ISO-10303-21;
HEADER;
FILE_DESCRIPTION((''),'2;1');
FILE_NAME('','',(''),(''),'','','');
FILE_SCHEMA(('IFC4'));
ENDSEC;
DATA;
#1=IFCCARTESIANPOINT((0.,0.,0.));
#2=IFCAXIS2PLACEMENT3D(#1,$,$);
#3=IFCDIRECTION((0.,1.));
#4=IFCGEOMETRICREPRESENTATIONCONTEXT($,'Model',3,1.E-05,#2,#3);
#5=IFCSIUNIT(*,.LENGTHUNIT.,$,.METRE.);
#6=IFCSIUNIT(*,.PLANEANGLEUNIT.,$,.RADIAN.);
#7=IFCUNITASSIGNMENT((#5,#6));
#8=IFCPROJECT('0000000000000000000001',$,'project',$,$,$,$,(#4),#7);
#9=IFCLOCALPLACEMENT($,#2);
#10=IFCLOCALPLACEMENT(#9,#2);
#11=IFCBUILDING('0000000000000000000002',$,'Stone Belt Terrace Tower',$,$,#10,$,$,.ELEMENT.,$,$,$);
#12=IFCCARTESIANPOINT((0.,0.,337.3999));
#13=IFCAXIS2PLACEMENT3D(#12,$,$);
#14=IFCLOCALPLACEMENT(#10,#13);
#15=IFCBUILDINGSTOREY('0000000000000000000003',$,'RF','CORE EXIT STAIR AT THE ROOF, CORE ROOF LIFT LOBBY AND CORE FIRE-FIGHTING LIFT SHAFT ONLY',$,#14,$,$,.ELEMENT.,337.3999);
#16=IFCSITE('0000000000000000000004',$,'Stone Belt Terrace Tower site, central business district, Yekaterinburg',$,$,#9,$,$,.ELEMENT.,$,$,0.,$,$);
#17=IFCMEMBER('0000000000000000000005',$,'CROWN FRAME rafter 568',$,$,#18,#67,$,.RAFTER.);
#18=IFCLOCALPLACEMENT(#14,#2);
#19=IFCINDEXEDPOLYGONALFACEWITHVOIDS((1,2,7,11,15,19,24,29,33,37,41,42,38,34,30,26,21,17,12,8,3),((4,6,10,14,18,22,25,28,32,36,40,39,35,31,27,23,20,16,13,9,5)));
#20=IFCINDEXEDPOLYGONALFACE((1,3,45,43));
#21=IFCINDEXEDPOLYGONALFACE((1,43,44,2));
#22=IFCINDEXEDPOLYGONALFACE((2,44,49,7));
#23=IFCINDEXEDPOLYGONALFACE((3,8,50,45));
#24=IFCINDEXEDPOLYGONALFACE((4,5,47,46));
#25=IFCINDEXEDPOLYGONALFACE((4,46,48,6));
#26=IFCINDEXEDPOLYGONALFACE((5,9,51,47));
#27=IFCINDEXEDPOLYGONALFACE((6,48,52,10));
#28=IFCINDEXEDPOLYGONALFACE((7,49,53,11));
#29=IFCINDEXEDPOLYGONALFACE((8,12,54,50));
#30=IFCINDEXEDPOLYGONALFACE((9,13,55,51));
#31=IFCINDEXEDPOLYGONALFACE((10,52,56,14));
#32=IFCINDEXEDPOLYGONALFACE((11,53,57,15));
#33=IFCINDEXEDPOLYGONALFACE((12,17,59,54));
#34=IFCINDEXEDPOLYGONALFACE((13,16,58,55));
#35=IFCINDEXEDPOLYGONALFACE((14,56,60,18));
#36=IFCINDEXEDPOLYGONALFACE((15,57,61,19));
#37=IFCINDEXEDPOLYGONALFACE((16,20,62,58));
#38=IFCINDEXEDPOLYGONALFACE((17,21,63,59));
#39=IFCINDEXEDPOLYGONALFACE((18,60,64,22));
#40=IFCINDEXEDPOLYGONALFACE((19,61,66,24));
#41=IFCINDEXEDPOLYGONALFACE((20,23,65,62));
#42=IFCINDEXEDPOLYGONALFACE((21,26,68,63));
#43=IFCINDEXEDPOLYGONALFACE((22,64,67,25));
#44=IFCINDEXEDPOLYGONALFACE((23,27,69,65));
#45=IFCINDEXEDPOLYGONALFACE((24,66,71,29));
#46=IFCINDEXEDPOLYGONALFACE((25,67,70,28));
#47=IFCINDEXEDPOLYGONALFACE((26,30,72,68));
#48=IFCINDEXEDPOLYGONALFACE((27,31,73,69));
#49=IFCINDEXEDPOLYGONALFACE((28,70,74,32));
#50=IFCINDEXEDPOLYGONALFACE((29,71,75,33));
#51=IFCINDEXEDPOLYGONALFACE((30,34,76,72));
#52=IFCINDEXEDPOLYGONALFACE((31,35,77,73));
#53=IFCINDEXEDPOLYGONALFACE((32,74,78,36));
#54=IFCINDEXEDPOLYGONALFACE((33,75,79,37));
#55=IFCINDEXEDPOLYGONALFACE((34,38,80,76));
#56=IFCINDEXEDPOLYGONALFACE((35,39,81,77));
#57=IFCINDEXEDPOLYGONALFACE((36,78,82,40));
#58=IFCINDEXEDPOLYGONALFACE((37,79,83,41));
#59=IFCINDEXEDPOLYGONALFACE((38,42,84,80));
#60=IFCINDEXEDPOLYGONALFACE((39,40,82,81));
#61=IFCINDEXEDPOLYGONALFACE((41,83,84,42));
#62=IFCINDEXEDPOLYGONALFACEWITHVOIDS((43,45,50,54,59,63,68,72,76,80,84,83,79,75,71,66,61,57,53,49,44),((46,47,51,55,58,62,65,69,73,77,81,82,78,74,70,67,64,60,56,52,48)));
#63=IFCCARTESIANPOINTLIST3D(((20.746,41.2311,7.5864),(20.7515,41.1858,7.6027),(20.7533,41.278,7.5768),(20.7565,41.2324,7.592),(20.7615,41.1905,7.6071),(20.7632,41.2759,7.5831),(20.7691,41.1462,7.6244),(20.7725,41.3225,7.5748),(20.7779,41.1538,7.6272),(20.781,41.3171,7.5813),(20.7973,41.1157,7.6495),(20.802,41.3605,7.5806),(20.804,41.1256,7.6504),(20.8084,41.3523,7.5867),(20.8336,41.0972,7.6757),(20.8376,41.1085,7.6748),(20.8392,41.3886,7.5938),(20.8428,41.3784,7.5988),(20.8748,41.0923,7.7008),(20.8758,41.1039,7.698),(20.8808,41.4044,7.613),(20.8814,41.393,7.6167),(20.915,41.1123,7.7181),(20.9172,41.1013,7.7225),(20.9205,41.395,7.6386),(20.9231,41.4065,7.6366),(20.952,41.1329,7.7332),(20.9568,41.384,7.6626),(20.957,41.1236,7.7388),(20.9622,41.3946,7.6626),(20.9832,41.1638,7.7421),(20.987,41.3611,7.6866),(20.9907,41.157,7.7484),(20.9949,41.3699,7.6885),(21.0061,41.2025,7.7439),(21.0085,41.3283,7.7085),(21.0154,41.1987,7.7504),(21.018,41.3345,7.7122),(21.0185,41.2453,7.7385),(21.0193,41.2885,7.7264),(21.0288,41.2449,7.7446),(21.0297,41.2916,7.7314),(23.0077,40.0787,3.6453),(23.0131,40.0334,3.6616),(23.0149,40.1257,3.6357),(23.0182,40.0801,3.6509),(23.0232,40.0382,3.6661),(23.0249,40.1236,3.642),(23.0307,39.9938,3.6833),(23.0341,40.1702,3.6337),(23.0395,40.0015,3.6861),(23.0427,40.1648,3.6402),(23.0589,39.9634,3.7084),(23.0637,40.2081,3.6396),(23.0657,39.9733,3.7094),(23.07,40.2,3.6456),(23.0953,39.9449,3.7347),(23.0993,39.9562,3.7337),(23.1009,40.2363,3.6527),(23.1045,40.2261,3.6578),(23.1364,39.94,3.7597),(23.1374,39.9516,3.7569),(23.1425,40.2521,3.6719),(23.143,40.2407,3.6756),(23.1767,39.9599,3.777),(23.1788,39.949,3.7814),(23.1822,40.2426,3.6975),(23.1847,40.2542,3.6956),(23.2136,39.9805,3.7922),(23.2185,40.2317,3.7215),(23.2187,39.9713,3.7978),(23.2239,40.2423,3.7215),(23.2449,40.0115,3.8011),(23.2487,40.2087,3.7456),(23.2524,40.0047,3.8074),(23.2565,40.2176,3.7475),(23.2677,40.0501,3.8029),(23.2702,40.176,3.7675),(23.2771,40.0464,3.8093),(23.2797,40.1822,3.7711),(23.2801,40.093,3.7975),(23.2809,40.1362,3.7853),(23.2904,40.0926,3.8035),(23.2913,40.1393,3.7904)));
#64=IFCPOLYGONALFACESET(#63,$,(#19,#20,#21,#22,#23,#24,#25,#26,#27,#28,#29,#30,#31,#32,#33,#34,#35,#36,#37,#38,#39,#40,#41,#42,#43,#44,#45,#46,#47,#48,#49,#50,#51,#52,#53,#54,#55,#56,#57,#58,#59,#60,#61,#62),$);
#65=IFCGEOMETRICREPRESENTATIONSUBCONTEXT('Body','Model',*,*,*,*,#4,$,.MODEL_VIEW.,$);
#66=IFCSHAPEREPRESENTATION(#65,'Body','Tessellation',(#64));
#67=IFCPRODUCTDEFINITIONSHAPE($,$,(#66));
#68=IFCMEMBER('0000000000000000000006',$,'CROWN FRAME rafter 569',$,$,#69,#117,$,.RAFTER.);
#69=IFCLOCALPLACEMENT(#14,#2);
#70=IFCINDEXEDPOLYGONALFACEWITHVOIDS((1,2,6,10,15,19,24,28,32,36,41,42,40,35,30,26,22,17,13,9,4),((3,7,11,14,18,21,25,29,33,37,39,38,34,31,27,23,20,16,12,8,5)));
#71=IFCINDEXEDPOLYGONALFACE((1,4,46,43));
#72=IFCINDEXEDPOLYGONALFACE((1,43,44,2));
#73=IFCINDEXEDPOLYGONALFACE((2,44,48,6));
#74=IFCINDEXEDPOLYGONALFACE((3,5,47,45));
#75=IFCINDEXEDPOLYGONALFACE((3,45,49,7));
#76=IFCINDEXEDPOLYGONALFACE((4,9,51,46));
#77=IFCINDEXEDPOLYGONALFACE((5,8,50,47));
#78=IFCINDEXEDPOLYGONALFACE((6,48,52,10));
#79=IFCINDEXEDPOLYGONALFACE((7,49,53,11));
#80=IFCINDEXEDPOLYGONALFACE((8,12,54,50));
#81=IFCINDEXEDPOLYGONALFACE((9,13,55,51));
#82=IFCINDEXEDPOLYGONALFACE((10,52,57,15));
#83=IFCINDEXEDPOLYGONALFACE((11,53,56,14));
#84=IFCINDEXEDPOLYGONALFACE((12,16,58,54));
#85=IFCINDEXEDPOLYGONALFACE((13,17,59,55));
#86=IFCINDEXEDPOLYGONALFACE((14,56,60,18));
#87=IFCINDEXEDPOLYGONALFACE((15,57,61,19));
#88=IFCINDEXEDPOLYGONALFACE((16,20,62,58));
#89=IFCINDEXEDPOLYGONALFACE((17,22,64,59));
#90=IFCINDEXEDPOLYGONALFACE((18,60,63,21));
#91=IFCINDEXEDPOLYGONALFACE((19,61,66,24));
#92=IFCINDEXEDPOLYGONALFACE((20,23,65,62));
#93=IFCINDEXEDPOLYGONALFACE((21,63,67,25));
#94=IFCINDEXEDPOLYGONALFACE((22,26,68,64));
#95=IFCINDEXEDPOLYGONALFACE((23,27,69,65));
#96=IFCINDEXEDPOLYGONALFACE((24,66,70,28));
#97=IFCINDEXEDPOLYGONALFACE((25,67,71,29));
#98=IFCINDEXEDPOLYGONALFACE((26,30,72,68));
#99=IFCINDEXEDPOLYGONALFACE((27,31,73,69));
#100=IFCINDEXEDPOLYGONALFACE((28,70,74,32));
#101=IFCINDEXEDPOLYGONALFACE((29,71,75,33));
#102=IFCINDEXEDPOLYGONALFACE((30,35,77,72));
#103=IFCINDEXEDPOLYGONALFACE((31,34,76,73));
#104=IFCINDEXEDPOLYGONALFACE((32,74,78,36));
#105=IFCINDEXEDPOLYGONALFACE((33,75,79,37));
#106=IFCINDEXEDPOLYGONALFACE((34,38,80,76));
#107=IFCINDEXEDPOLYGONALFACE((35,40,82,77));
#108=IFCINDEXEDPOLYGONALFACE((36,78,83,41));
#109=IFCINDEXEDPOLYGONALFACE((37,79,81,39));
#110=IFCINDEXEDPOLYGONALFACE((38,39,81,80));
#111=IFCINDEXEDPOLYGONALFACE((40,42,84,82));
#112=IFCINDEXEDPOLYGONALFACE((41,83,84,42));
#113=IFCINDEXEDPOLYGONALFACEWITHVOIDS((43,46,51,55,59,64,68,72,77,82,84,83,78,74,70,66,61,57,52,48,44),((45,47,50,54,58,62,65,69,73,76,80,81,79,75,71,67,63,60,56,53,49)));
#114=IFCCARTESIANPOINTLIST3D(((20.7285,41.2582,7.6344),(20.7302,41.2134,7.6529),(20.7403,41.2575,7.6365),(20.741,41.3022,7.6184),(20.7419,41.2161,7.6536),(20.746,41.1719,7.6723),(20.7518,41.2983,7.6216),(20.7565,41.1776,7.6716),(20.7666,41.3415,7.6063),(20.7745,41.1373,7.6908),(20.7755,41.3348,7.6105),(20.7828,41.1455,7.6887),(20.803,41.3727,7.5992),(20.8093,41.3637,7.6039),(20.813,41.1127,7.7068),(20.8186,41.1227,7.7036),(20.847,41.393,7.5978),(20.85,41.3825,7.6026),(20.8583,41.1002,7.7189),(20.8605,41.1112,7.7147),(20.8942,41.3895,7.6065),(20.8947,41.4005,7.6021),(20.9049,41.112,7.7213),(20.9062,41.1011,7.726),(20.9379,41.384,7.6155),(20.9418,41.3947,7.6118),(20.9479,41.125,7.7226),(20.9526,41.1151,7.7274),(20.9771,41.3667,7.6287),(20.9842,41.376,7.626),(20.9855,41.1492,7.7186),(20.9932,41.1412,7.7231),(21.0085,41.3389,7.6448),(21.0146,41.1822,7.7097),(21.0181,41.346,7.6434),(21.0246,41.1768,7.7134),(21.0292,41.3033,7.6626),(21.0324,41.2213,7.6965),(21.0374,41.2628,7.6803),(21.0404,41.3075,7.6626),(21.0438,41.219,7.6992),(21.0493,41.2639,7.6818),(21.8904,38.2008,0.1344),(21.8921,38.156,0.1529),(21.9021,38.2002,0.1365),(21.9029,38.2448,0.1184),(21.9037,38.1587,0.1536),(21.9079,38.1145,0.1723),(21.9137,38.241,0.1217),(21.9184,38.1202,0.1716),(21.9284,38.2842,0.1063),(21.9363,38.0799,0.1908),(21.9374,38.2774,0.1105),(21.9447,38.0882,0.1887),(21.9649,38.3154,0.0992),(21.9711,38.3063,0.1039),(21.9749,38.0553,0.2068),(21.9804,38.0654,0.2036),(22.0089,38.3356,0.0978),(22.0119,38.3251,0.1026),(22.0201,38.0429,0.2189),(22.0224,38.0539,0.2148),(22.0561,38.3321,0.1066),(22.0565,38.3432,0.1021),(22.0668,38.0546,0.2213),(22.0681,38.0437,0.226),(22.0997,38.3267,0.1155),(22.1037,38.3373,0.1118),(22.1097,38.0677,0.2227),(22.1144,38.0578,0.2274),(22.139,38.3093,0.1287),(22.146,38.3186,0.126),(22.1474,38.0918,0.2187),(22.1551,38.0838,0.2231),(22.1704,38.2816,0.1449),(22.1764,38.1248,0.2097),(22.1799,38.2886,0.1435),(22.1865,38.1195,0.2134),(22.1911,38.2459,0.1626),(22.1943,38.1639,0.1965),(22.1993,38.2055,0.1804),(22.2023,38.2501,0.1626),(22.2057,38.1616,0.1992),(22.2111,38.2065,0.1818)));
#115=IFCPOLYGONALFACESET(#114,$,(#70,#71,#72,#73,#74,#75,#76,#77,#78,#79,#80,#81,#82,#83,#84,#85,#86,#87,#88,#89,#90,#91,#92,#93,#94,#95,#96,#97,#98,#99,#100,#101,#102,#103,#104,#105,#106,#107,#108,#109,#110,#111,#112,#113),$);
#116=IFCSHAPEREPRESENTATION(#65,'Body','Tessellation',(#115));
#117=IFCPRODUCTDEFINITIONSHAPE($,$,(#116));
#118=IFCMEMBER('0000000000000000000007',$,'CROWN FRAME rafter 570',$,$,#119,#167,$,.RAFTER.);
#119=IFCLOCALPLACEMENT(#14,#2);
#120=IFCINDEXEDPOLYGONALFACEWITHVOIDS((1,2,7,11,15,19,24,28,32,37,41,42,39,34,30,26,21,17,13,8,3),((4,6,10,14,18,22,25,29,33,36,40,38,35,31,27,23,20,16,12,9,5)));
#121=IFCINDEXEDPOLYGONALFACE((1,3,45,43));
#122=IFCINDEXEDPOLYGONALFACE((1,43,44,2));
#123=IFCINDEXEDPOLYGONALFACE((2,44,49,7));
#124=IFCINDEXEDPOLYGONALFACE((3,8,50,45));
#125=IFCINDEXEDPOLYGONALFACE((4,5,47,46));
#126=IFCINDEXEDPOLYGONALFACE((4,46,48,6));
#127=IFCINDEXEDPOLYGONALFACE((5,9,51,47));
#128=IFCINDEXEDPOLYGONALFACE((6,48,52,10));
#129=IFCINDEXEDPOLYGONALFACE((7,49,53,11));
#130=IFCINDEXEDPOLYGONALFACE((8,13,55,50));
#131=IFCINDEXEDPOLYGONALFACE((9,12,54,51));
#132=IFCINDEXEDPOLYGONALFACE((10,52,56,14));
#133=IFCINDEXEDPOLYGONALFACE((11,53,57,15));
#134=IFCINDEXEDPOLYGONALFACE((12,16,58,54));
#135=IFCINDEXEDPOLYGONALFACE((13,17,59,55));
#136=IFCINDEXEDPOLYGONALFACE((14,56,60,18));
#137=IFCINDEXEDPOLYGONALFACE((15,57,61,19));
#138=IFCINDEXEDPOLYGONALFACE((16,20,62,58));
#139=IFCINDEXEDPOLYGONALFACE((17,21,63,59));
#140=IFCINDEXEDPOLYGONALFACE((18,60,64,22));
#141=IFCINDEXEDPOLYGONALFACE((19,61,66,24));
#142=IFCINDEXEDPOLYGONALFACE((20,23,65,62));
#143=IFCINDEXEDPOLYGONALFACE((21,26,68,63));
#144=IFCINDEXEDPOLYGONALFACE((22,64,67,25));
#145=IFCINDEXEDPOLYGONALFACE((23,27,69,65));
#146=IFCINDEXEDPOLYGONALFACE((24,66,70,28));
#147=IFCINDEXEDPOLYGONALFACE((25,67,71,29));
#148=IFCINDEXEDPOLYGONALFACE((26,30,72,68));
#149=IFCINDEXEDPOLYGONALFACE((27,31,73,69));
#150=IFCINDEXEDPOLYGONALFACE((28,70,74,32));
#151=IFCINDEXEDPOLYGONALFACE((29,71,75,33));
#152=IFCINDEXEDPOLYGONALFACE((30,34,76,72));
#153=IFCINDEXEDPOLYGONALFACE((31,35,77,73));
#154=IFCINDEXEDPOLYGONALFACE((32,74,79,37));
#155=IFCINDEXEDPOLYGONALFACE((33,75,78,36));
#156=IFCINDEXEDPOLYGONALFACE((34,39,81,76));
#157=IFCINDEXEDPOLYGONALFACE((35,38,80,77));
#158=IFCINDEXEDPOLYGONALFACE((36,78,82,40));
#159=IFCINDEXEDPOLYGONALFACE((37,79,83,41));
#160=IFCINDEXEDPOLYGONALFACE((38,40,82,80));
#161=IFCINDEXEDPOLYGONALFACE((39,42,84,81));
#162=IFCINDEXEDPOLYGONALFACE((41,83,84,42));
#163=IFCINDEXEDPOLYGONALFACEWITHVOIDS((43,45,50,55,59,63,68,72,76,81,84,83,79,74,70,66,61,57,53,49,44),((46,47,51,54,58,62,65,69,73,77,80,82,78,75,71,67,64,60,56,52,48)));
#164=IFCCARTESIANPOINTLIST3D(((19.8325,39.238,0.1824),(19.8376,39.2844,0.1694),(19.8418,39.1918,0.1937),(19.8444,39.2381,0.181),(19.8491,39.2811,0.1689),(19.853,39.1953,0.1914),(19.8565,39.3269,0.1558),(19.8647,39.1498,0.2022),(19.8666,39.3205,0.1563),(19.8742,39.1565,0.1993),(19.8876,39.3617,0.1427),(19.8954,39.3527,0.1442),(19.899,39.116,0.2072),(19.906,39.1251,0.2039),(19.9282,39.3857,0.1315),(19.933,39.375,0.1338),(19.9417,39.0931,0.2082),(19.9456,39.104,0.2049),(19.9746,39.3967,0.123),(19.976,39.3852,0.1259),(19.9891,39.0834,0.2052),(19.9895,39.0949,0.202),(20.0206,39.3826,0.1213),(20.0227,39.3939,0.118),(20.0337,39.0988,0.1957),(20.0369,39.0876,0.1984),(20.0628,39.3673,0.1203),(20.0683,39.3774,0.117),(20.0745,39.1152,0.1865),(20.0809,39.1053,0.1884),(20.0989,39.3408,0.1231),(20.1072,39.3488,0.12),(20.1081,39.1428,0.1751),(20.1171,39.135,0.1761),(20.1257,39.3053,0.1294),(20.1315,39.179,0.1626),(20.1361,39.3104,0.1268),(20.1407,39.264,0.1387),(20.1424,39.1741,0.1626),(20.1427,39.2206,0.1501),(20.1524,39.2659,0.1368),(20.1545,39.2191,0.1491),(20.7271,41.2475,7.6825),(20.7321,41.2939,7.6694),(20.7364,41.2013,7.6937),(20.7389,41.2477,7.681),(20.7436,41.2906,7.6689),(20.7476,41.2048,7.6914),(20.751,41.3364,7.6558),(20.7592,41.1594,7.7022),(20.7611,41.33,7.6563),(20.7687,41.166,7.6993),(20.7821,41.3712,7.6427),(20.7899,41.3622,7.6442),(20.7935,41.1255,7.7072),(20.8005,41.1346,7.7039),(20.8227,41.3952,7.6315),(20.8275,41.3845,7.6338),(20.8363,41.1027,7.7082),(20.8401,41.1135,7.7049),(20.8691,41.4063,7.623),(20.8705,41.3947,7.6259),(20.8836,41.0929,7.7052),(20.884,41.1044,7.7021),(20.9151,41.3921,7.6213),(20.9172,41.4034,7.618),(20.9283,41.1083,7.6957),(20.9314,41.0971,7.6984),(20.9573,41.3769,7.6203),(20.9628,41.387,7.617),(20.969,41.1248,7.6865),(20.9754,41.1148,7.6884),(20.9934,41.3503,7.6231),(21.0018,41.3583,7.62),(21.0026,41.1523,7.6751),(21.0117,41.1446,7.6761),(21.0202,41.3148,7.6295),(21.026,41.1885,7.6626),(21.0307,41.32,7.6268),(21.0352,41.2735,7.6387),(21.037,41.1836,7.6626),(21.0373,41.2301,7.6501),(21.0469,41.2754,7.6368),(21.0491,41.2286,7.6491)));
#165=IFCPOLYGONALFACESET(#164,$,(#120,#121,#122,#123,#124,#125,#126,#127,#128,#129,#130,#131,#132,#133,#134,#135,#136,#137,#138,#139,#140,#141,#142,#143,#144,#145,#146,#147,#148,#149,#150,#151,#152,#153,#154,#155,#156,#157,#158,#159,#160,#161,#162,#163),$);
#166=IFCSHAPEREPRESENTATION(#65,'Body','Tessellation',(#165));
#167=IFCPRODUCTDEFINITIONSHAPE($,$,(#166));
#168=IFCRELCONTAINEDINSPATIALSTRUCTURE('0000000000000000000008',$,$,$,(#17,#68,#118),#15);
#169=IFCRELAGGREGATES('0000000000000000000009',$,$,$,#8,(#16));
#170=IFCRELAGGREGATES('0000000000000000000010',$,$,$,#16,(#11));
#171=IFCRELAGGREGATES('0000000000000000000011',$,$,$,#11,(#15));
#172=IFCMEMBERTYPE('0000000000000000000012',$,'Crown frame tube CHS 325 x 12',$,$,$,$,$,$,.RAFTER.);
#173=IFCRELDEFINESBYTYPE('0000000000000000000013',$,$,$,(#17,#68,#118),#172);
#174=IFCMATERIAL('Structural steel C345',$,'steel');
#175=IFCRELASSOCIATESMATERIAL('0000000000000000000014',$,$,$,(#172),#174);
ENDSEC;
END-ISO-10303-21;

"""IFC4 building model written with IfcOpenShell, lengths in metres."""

from ifc_helpers import new_model, si_unit, direction, frame, origin, origin_2d, place, context, subcontext, project, spatial, hollow_circle, extrude, material, material_profile, profile_set, type_object, element, save


model = new_model("IFC4")

# Units and contexts
model_context = context("Model", 3, precision=1e-05, world=origin(), true_north=direction((0.0, 1.0)))
body_context = subcontext(model_context, "Body", "Model", "MODEL_VIEW")
ifc_project = project(units=[si_unit("LENGTHUNIT", "METRE"), si_unit("PLANEANGLEUNIT", "RADIAN")], contexts=[model_context])

# Site, building, storey
site_placement = place(None, origin())
site = spatial("IfcSite", under=ifc_project, at=site_placement, Name="Stone Belt Terrace Tower site, central business district, Yekaterinburg", CompositionType="ELEMENT", RefElevation=0.0)
building_placement = place(site_placement, origin())
building = spatial("IfcBuilding", under=site, at=building_placement, Name="Stone Belt Terrace Tower", CompositionType="ELEMENT")
storey_placement = place(building_placement, frame((0.0, 0.0, 337.3999)))
storey = spatial("IfcBuildingStorey", under=building, at=storey_placement, Name="RF", Description="CORE EXIT STAIR AT THE ROOF, CORE ROOF LIFT LOBBY AND CORE FIRE-FIGHTING LIFT SHAFT ONLY", CompositionType="ELEMENT", Elevation=337.3999)

# Members
ifc_material_1 = material(Name="Structural steel C345", Category="steel")
ifc_material_profile_1 = material_profile(ifc_material_1, hollow_circle(Radius=0.1626, WallThickness=0.012, at=origin_2d()), Name="Structural steel C345 CHS 325x12")
ifc_profile_set_1 = profile_set([ifc_material_profile_1], Name="Structural steel C345")
member_type_1 = type_object("IfcMemberType", Name="Crown frame tube CHS 325 x 12", PredefinedType="RAFTER", material=ifc_profile_set_1)
member_1_placement = place(storey_placement, frame((20.8884, 41.2498, 7.6626), z_axis=(0.482463, -0.245814, -0.840717), x_axis=(0.453972, 0.891016, 0.0)))
element("IfcMember", 1, at=member_1_placement, inside=storey, type_object=member_type_1, Name="CROWN FRAME rafter 568", PredefinedType="RAFTER", context=body_context, shape_type="SweptSolid", body=[
    extrude(hollow_circle(Radius=0.1626, WallThickness=0.012, at=origin_2d()), origin(), (0.0, 0.0, 1.0), 4.6877),
])
member_2_placement = place(storey_placement, frame((20.8884, 41.2498, 7.6626), z_axis=(0.142, -0.373664, -0.91663), x_axis=(0.934777, 0.355235, 0.0)))
element("IfcMember", 2, at=member_2_placement, inside=storey, type_object=member_type_1, Name="CROWN FRAME rafter 569", PredefinedType="RAFTER", context=body_context, shape_type="SweptSolid", body=[
    extrude(hollow_circle(Radius=0.1626, WallThickness=0.012, at=origin_2d()), origin(), (0.0, 0.0, 1.0), 8.1821),
])
member_3_placement = place(storey_placement, frame((20.8884, 41.2498, 7.6626), z_axis=(-0.11445, -0.257107, -0.959582), x_axis=(0.913573, -0.406674, 0.0)))
element("IfcMember", 3, at=member_3_placement, inside=storey, type_object=member_type_1, Name="CROWN FRAME rafter 570", PredefinedType="RAFTER", context=body_context, shape_type="SweptSolid", body=[
    extrude(hollow_circle(Radius=0.1626, WallThickness=0.012, at=origin_2d()), origin(), (0.0, 0.0, 1.0), 7.8159),
])

save(model, "model.ifc")
